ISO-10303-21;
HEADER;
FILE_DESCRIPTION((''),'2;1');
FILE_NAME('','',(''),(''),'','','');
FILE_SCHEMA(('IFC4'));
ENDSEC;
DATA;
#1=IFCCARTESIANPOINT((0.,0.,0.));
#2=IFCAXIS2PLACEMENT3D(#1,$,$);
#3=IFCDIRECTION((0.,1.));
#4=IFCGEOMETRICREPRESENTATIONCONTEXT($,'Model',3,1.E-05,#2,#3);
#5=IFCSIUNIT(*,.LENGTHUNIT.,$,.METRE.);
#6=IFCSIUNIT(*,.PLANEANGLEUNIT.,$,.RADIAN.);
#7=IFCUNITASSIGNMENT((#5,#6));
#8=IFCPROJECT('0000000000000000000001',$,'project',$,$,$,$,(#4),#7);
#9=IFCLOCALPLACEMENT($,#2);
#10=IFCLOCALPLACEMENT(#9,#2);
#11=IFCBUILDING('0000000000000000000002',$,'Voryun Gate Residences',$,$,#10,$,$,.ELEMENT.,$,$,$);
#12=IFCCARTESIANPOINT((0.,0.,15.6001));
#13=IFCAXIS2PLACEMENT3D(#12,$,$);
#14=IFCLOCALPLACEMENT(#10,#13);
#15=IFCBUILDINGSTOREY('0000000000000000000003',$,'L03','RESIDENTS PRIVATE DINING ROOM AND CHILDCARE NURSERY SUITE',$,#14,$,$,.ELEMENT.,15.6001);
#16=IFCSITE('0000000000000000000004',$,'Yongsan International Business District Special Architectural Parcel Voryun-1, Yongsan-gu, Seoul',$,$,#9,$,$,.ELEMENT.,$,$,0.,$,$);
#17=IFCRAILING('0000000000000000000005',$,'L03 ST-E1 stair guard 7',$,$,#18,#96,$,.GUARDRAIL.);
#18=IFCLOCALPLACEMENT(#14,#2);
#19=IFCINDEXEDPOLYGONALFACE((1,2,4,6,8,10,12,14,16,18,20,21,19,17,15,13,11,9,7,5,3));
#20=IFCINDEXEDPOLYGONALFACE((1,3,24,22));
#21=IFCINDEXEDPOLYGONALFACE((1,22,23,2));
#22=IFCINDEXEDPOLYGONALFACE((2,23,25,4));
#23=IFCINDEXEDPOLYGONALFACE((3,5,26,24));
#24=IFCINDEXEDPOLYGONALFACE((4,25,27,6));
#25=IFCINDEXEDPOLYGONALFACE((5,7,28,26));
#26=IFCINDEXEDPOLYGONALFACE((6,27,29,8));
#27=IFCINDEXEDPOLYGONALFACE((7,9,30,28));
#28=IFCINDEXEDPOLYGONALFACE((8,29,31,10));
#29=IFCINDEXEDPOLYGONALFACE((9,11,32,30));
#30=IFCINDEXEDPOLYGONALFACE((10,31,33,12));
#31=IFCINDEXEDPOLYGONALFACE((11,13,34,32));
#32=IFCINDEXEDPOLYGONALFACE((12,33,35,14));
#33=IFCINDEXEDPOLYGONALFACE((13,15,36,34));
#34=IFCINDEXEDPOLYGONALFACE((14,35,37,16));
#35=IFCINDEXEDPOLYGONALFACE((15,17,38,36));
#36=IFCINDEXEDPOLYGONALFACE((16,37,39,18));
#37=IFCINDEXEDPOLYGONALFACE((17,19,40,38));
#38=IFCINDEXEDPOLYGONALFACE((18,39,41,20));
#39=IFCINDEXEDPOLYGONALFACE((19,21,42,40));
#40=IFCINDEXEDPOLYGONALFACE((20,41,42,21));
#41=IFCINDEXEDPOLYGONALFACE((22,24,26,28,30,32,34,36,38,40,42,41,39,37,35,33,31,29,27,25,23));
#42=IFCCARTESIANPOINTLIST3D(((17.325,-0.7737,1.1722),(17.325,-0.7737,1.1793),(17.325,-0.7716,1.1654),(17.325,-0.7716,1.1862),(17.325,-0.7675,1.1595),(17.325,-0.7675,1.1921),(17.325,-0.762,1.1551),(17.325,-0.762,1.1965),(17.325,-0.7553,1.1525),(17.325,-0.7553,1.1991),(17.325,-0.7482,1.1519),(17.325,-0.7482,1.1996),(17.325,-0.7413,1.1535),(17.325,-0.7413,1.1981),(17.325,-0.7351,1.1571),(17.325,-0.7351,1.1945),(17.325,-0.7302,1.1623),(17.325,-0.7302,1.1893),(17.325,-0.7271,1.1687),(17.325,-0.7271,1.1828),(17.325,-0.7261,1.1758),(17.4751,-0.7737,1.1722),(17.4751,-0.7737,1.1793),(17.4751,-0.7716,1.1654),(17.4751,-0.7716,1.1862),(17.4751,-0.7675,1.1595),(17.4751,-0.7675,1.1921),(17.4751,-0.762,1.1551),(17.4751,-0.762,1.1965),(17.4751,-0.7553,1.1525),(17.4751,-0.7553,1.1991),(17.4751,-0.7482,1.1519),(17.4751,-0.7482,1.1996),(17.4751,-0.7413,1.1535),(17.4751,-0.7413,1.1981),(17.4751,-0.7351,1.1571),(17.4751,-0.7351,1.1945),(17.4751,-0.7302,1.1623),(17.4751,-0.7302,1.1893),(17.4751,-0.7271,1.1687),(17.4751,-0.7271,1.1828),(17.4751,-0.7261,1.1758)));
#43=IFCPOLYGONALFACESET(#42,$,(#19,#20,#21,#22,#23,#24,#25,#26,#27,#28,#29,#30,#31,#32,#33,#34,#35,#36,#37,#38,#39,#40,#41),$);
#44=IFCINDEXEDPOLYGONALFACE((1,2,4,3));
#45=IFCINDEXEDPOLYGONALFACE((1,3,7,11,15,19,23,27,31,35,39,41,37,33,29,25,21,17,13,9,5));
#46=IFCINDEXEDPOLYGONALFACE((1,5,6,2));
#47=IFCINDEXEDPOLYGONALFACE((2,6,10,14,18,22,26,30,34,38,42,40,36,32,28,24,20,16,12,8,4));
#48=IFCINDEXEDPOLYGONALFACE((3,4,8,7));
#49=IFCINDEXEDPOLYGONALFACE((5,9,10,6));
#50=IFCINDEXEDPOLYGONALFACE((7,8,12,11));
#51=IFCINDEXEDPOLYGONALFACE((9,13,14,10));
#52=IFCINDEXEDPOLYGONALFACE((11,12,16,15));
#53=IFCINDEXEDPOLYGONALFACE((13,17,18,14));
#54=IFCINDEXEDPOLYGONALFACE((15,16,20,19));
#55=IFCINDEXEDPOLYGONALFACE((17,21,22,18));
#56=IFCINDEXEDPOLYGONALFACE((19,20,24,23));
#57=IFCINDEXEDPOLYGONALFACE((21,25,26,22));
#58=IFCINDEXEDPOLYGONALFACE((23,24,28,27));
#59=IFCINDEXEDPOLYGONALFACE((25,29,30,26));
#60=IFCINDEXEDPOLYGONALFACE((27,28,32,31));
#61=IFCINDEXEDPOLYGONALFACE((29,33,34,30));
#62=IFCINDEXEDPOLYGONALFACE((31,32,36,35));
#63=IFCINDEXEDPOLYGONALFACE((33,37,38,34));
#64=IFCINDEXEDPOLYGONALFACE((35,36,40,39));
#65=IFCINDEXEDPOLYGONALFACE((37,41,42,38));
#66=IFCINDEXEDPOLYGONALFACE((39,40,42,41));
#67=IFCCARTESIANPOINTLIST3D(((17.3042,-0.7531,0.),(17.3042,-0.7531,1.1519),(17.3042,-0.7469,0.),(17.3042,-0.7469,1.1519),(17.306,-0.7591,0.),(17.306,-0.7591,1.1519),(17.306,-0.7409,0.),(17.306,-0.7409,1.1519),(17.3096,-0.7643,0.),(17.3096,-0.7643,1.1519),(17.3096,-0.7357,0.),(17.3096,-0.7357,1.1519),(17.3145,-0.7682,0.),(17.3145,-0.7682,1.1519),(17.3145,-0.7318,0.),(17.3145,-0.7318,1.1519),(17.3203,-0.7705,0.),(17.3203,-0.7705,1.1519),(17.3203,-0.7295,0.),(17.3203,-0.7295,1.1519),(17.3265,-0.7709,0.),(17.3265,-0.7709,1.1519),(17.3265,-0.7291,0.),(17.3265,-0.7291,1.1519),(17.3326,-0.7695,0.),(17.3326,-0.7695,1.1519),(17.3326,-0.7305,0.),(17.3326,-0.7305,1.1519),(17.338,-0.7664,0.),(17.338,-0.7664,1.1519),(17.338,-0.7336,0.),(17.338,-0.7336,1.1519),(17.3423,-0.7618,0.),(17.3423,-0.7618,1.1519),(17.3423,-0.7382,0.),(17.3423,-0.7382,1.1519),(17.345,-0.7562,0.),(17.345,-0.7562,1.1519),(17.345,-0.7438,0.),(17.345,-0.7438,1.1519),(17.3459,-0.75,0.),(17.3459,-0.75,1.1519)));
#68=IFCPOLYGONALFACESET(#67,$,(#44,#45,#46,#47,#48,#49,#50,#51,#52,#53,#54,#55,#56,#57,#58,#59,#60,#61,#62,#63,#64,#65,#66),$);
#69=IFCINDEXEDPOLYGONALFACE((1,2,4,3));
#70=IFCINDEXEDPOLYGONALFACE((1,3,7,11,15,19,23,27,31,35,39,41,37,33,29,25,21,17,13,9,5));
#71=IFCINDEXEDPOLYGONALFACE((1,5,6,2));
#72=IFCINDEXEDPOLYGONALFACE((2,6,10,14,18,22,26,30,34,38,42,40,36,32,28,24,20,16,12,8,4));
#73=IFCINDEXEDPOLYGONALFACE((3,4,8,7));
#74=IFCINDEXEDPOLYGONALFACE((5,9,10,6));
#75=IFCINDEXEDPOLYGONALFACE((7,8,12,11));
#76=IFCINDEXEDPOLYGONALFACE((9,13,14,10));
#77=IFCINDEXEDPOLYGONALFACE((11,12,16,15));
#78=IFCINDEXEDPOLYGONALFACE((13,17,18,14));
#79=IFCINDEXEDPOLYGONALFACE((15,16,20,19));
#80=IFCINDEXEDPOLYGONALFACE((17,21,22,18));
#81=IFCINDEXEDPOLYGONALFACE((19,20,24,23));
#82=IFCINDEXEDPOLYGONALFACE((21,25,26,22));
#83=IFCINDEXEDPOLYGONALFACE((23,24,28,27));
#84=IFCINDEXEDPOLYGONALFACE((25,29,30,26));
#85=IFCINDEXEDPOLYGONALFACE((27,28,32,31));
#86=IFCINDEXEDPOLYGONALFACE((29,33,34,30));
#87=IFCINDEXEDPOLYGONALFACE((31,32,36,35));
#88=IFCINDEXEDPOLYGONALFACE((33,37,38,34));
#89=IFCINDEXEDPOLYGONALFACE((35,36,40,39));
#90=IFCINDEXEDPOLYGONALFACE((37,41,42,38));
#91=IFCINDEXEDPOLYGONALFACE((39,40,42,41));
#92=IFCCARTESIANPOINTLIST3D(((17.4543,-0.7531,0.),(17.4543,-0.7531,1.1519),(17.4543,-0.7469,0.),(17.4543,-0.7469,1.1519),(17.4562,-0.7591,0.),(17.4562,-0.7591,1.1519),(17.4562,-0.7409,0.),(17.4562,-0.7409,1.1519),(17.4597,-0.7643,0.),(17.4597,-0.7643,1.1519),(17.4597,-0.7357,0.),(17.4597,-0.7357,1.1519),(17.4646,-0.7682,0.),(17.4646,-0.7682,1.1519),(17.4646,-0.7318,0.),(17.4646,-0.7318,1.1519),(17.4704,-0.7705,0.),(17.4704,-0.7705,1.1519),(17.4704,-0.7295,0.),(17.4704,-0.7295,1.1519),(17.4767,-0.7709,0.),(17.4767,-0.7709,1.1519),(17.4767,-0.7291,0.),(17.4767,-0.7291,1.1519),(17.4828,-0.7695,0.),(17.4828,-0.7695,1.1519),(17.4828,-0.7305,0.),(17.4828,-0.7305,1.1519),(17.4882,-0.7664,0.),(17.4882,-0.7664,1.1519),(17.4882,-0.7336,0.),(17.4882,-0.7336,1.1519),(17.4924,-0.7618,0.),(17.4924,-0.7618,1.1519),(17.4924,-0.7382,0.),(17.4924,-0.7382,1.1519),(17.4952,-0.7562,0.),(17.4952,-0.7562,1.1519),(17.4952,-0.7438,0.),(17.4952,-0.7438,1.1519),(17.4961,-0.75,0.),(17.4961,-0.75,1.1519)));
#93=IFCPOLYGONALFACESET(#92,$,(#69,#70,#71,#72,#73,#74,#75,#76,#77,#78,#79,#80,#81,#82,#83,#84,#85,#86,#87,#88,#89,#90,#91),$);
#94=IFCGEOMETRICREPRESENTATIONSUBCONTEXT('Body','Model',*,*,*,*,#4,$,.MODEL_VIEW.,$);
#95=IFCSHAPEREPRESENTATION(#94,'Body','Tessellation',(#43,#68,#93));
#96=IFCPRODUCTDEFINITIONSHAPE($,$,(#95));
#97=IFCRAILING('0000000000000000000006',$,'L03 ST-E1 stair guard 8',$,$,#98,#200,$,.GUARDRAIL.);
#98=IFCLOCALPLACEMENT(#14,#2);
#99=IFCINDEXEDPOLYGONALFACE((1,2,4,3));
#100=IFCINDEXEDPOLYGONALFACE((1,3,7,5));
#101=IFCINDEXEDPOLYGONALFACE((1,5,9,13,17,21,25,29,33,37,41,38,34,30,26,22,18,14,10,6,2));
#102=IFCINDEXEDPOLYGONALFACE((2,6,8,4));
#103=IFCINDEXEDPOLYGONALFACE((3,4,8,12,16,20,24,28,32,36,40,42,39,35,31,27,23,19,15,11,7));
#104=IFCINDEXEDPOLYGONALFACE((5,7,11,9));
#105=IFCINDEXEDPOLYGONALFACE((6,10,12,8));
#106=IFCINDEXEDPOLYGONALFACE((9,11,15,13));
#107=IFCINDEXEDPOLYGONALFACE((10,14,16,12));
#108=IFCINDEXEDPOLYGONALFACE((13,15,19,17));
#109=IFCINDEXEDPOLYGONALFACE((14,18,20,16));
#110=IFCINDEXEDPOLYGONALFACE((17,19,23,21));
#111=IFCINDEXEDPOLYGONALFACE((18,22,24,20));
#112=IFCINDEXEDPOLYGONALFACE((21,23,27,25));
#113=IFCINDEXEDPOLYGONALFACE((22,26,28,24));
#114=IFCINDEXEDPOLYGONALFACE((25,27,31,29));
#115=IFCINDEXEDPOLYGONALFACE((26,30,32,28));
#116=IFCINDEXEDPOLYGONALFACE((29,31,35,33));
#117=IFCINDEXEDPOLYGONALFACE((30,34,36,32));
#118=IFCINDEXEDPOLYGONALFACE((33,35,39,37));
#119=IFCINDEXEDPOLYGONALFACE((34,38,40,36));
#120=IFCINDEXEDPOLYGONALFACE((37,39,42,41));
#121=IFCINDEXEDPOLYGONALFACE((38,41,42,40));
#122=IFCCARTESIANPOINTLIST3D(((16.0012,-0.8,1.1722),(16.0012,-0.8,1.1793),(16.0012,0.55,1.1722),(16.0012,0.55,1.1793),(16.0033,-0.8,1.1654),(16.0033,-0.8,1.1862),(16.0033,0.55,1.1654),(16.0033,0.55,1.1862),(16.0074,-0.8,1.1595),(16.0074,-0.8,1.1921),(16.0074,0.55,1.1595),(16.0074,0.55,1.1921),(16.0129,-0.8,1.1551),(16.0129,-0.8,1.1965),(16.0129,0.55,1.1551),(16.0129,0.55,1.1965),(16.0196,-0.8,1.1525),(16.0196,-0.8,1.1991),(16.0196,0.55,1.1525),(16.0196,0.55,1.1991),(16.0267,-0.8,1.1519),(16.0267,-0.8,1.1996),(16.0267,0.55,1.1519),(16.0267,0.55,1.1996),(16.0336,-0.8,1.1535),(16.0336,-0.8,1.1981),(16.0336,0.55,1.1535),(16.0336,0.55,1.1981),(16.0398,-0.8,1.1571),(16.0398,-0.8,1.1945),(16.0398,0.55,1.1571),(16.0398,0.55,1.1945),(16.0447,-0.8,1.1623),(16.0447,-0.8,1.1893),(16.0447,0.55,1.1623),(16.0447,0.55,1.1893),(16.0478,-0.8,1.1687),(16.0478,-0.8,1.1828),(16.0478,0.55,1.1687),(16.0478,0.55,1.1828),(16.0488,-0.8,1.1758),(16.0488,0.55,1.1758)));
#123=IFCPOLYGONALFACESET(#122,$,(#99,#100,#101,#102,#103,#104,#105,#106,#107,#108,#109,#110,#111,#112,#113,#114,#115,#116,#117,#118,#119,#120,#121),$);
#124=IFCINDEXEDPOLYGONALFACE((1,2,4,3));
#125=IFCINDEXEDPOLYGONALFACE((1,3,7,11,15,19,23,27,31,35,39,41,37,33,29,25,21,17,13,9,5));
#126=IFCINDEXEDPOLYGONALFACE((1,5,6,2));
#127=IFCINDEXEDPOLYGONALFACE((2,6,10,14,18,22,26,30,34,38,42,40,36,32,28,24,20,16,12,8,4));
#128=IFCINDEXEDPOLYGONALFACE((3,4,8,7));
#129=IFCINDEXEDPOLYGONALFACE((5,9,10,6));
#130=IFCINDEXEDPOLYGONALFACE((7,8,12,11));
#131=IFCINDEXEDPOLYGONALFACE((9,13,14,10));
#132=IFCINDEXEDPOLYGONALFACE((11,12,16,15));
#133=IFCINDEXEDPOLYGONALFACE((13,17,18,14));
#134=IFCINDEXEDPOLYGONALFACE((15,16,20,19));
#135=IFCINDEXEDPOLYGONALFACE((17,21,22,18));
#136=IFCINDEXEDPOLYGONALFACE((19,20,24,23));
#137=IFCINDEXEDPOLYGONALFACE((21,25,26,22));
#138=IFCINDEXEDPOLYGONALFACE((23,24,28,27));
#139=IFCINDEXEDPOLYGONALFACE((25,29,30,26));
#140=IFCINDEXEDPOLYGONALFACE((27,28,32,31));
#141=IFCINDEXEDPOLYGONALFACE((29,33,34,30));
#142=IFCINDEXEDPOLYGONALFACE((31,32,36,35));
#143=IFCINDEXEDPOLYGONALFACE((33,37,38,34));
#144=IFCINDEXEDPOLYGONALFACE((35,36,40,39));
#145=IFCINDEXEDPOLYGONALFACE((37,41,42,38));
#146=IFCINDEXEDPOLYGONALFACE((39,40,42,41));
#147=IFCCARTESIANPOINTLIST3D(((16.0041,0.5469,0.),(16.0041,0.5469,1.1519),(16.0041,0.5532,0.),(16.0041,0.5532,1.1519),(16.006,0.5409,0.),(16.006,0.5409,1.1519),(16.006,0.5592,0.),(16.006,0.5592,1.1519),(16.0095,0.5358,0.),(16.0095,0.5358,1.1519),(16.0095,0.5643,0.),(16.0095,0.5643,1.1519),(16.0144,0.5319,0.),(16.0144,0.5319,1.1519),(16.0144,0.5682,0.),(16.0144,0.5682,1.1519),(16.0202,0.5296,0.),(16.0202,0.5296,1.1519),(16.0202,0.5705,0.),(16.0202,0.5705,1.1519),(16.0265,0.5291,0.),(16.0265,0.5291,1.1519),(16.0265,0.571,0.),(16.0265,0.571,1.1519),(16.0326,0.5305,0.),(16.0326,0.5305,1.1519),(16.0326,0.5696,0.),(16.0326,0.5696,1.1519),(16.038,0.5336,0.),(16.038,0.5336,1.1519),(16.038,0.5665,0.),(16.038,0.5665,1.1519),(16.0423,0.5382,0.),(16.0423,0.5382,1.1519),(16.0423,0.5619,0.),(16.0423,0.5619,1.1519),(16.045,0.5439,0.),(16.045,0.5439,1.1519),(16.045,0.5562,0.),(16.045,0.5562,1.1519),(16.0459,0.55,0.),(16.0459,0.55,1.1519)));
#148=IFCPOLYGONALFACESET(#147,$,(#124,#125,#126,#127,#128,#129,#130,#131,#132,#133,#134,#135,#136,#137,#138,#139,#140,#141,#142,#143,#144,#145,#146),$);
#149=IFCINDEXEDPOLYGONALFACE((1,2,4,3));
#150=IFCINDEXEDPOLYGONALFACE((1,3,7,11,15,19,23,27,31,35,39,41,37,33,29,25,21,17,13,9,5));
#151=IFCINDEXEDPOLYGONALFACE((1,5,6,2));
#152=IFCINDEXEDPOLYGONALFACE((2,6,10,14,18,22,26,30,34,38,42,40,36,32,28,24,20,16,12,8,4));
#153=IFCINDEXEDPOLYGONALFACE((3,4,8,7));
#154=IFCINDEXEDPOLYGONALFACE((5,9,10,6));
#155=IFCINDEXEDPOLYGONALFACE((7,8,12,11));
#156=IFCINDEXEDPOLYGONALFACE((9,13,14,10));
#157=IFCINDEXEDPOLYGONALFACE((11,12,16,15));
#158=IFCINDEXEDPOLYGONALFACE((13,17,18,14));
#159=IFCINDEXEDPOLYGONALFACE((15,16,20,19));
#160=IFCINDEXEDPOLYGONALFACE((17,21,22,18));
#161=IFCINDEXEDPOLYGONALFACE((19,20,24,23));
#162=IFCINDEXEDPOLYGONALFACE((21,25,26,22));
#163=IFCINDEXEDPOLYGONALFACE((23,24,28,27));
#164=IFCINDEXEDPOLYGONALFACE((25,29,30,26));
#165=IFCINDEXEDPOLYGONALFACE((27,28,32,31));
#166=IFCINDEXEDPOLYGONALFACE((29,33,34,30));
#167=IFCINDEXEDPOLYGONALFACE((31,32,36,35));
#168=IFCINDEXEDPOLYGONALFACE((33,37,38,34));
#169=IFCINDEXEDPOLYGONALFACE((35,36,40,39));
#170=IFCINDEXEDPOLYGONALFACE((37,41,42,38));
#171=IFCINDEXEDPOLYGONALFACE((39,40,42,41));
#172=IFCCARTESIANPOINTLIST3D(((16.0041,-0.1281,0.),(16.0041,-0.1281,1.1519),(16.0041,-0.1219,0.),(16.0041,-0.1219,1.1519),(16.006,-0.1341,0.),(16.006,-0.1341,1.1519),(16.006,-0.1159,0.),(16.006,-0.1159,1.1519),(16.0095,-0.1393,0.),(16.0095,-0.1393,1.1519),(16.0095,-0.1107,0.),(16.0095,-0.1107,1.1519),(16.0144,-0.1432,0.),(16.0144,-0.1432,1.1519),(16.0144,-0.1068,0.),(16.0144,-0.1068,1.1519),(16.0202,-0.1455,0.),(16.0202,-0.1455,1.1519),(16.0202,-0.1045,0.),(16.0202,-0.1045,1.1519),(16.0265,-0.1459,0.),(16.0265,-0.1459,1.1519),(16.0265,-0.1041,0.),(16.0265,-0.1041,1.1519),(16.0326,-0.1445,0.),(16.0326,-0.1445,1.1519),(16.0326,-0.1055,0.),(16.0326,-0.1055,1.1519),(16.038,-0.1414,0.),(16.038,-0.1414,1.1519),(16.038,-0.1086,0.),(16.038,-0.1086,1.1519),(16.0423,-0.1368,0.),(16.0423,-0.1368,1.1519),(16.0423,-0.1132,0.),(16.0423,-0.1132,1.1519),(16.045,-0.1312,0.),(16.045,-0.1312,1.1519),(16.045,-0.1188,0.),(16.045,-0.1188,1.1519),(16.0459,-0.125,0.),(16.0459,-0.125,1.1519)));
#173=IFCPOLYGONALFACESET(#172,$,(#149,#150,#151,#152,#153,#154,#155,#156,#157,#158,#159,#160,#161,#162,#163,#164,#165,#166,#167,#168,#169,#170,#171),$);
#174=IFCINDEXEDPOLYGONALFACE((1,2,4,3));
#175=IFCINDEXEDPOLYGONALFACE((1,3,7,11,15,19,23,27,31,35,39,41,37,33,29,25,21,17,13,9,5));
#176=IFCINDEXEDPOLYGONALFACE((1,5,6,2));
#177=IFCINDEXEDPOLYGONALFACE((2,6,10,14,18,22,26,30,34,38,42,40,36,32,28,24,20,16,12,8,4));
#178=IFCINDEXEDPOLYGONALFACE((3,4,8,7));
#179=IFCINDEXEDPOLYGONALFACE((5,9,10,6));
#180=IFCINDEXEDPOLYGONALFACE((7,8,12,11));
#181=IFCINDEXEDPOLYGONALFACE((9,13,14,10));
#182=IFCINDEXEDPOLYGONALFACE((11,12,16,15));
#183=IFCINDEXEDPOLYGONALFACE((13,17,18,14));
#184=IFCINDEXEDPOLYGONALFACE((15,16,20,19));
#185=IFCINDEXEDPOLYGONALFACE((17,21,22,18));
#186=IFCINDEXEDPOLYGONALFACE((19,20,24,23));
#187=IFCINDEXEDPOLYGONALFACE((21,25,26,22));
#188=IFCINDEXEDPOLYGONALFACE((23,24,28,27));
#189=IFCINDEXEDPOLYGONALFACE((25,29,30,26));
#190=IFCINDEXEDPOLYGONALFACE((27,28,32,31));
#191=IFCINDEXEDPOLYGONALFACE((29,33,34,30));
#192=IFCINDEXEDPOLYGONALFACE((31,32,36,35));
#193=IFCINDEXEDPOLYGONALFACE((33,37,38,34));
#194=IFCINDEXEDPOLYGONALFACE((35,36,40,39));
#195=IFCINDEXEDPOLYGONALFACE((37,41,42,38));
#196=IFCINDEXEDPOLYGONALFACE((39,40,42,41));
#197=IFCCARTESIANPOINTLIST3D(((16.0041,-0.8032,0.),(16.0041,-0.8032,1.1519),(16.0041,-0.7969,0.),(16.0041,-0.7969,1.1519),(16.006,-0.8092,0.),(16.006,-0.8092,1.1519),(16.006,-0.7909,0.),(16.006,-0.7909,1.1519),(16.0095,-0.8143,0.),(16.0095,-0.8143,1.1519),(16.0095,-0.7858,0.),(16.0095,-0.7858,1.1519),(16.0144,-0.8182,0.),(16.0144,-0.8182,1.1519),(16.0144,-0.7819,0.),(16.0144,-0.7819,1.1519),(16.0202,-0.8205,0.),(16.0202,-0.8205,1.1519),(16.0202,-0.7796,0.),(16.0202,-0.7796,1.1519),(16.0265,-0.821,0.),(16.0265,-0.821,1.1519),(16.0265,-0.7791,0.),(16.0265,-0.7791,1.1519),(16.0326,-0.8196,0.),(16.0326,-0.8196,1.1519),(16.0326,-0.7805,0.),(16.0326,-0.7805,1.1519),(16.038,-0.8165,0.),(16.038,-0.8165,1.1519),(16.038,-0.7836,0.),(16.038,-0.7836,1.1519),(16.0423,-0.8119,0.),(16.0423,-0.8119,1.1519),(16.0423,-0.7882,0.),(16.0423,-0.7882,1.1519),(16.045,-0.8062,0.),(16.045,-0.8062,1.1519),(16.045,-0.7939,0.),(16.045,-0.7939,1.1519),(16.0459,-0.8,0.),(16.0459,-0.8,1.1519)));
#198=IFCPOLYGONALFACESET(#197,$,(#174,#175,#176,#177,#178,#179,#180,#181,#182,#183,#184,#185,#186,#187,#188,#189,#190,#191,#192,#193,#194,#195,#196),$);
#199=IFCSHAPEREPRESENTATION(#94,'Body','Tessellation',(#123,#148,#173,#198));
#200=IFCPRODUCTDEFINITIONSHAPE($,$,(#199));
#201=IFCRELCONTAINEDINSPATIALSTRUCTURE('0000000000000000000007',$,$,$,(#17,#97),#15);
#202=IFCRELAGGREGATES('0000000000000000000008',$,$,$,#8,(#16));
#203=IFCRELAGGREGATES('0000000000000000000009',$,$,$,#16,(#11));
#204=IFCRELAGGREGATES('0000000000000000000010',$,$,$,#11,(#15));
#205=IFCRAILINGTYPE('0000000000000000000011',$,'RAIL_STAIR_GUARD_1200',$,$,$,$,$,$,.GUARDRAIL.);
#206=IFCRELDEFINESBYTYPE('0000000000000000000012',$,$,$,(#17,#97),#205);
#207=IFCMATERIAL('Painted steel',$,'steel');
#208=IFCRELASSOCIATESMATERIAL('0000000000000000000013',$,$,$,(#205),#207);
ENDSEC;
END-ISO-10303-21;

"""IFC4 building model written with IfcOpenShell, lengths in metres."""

from ifc_helpers import new_model, si_unit, direction, frame, origin, origin_2d, place, context, subcontext, project, spatial, circle, extrude, material, type_object, element, save


model = new_model("IFC4")

# Units and contexts
model_context = context("Model", 3, precision=1e-05, world=origin(), true_north=direction((0.0, 1.0)))
body_context = subcontext(model_context, "Body", "Model", "MODEL_VIEW")
ifc_project = project(units=[si_unit("LENGTHUNIT", "METRE"), si_unit("PLANEANGLEUNIT", "RADIAN")], contexts=[model_context])

# Site, building, storey
site_placement = place(None, origin())
site = spatial("IfcSite", under=ifc_project, at=site_placement, Name="Yongsan International Business District Special Architectural Parcel Voryun-1, Yongsan-gu, Seoul", CompositionType="ELEMENT", RefElevation=0.0)
building_placement = place(site_placement, origin())
building = spatial("IfcBuilding", under=site, at=building_placement, Name="Voryun Gate Residences", CompositionType="ELEMENT")
storey_placement = place(building_placement, frame((0.0, 0.0, 15.6001)))
storey = spatial("IfcBuildingStorey", under=building, at=storey_placement, Name="L03", Description="RESIDENTS PRIVATE DINING ROOM AND CHILDCARE NURSERY SUITE", CompositionType="ELEMENT", Elevation=15.6001)

# Railings
ifc_material_1 = material(Name="Painted steel", Category="steel")
railing_type_1 = type_object("IfcRailingType", Name="RAIL_STAIR_GUARD_1200", PredefinedType="GUARDRAIL", material=ifc_material_1)
railing_1_placement = place(storey_placement, frame((17.325, -0.75, 0.0)))
element("IfcRailing", 1, at=railing_1_placement, inside=storey, type_object=railing_type_1, Name="L03 ST-E1 stair guard 7", PredefinedType="GUARDRAIL", context=body_context, shape_type="SweptSolid", body=[
    extrude(circle(Radius=0.0239, at=origin_2d()), frame((0.0, 0.0, 1.1758), z_axis=(1.0, 0.0, 0.0), x_axis=(0.0, 1.0, 0.0)), (0.0, 0.0, 1.0), 0.1501),
    extrude(circle(Radius=0.021, at=origin_2d()), origin(), (0.0, 0.0, 1.0), 1.1519),
    extrude(circle(Radius=0.021, at=origin_2d()), frame((0.1501, 0.0, 0.0)), (0.0, 0.0, 1.0), 1.1519),
])
for number, where, name in (
    (2, (16.0249, 0.55, 0.0), "L03 ST-E1 stair guard 8"),
):
    element("IfcRailing", number, at=place(storey_placement, frame(where)), inside=storey, type_object=railing_type_1, Name=name, PredefinedType="GUARDRAIL", context=body_context, shape_type="SweptSolid", body=[
        extrude(circle(Radius=0.0239, at=origin_2d()), frame((0.0, 0.0, 1.1758), z_axis=(0.0, -1.0, 0.0), x_axis=(1.0, 0.0, 0.0)), (0.0, 0.0, 1.0), 1.3501),
        extrude(circle(Radius=0.021, at=origin_2d()), origin(), (0.0, 0.0, 1.0), 1.1519),
        extrude(circle(Radius=0.021, at=origin_2d()), frame((0.0, -0.675, 0.0)), (0.0, 0.0, 1.0), 1.1519),
        extrude(circle(Radius=0.021, at=origin_2d()), frame((0.0, -1.3501, 0.0)), (0.0, 0.0, 1.0), 1.1519),
    ])

save(model, "model.ifc")
